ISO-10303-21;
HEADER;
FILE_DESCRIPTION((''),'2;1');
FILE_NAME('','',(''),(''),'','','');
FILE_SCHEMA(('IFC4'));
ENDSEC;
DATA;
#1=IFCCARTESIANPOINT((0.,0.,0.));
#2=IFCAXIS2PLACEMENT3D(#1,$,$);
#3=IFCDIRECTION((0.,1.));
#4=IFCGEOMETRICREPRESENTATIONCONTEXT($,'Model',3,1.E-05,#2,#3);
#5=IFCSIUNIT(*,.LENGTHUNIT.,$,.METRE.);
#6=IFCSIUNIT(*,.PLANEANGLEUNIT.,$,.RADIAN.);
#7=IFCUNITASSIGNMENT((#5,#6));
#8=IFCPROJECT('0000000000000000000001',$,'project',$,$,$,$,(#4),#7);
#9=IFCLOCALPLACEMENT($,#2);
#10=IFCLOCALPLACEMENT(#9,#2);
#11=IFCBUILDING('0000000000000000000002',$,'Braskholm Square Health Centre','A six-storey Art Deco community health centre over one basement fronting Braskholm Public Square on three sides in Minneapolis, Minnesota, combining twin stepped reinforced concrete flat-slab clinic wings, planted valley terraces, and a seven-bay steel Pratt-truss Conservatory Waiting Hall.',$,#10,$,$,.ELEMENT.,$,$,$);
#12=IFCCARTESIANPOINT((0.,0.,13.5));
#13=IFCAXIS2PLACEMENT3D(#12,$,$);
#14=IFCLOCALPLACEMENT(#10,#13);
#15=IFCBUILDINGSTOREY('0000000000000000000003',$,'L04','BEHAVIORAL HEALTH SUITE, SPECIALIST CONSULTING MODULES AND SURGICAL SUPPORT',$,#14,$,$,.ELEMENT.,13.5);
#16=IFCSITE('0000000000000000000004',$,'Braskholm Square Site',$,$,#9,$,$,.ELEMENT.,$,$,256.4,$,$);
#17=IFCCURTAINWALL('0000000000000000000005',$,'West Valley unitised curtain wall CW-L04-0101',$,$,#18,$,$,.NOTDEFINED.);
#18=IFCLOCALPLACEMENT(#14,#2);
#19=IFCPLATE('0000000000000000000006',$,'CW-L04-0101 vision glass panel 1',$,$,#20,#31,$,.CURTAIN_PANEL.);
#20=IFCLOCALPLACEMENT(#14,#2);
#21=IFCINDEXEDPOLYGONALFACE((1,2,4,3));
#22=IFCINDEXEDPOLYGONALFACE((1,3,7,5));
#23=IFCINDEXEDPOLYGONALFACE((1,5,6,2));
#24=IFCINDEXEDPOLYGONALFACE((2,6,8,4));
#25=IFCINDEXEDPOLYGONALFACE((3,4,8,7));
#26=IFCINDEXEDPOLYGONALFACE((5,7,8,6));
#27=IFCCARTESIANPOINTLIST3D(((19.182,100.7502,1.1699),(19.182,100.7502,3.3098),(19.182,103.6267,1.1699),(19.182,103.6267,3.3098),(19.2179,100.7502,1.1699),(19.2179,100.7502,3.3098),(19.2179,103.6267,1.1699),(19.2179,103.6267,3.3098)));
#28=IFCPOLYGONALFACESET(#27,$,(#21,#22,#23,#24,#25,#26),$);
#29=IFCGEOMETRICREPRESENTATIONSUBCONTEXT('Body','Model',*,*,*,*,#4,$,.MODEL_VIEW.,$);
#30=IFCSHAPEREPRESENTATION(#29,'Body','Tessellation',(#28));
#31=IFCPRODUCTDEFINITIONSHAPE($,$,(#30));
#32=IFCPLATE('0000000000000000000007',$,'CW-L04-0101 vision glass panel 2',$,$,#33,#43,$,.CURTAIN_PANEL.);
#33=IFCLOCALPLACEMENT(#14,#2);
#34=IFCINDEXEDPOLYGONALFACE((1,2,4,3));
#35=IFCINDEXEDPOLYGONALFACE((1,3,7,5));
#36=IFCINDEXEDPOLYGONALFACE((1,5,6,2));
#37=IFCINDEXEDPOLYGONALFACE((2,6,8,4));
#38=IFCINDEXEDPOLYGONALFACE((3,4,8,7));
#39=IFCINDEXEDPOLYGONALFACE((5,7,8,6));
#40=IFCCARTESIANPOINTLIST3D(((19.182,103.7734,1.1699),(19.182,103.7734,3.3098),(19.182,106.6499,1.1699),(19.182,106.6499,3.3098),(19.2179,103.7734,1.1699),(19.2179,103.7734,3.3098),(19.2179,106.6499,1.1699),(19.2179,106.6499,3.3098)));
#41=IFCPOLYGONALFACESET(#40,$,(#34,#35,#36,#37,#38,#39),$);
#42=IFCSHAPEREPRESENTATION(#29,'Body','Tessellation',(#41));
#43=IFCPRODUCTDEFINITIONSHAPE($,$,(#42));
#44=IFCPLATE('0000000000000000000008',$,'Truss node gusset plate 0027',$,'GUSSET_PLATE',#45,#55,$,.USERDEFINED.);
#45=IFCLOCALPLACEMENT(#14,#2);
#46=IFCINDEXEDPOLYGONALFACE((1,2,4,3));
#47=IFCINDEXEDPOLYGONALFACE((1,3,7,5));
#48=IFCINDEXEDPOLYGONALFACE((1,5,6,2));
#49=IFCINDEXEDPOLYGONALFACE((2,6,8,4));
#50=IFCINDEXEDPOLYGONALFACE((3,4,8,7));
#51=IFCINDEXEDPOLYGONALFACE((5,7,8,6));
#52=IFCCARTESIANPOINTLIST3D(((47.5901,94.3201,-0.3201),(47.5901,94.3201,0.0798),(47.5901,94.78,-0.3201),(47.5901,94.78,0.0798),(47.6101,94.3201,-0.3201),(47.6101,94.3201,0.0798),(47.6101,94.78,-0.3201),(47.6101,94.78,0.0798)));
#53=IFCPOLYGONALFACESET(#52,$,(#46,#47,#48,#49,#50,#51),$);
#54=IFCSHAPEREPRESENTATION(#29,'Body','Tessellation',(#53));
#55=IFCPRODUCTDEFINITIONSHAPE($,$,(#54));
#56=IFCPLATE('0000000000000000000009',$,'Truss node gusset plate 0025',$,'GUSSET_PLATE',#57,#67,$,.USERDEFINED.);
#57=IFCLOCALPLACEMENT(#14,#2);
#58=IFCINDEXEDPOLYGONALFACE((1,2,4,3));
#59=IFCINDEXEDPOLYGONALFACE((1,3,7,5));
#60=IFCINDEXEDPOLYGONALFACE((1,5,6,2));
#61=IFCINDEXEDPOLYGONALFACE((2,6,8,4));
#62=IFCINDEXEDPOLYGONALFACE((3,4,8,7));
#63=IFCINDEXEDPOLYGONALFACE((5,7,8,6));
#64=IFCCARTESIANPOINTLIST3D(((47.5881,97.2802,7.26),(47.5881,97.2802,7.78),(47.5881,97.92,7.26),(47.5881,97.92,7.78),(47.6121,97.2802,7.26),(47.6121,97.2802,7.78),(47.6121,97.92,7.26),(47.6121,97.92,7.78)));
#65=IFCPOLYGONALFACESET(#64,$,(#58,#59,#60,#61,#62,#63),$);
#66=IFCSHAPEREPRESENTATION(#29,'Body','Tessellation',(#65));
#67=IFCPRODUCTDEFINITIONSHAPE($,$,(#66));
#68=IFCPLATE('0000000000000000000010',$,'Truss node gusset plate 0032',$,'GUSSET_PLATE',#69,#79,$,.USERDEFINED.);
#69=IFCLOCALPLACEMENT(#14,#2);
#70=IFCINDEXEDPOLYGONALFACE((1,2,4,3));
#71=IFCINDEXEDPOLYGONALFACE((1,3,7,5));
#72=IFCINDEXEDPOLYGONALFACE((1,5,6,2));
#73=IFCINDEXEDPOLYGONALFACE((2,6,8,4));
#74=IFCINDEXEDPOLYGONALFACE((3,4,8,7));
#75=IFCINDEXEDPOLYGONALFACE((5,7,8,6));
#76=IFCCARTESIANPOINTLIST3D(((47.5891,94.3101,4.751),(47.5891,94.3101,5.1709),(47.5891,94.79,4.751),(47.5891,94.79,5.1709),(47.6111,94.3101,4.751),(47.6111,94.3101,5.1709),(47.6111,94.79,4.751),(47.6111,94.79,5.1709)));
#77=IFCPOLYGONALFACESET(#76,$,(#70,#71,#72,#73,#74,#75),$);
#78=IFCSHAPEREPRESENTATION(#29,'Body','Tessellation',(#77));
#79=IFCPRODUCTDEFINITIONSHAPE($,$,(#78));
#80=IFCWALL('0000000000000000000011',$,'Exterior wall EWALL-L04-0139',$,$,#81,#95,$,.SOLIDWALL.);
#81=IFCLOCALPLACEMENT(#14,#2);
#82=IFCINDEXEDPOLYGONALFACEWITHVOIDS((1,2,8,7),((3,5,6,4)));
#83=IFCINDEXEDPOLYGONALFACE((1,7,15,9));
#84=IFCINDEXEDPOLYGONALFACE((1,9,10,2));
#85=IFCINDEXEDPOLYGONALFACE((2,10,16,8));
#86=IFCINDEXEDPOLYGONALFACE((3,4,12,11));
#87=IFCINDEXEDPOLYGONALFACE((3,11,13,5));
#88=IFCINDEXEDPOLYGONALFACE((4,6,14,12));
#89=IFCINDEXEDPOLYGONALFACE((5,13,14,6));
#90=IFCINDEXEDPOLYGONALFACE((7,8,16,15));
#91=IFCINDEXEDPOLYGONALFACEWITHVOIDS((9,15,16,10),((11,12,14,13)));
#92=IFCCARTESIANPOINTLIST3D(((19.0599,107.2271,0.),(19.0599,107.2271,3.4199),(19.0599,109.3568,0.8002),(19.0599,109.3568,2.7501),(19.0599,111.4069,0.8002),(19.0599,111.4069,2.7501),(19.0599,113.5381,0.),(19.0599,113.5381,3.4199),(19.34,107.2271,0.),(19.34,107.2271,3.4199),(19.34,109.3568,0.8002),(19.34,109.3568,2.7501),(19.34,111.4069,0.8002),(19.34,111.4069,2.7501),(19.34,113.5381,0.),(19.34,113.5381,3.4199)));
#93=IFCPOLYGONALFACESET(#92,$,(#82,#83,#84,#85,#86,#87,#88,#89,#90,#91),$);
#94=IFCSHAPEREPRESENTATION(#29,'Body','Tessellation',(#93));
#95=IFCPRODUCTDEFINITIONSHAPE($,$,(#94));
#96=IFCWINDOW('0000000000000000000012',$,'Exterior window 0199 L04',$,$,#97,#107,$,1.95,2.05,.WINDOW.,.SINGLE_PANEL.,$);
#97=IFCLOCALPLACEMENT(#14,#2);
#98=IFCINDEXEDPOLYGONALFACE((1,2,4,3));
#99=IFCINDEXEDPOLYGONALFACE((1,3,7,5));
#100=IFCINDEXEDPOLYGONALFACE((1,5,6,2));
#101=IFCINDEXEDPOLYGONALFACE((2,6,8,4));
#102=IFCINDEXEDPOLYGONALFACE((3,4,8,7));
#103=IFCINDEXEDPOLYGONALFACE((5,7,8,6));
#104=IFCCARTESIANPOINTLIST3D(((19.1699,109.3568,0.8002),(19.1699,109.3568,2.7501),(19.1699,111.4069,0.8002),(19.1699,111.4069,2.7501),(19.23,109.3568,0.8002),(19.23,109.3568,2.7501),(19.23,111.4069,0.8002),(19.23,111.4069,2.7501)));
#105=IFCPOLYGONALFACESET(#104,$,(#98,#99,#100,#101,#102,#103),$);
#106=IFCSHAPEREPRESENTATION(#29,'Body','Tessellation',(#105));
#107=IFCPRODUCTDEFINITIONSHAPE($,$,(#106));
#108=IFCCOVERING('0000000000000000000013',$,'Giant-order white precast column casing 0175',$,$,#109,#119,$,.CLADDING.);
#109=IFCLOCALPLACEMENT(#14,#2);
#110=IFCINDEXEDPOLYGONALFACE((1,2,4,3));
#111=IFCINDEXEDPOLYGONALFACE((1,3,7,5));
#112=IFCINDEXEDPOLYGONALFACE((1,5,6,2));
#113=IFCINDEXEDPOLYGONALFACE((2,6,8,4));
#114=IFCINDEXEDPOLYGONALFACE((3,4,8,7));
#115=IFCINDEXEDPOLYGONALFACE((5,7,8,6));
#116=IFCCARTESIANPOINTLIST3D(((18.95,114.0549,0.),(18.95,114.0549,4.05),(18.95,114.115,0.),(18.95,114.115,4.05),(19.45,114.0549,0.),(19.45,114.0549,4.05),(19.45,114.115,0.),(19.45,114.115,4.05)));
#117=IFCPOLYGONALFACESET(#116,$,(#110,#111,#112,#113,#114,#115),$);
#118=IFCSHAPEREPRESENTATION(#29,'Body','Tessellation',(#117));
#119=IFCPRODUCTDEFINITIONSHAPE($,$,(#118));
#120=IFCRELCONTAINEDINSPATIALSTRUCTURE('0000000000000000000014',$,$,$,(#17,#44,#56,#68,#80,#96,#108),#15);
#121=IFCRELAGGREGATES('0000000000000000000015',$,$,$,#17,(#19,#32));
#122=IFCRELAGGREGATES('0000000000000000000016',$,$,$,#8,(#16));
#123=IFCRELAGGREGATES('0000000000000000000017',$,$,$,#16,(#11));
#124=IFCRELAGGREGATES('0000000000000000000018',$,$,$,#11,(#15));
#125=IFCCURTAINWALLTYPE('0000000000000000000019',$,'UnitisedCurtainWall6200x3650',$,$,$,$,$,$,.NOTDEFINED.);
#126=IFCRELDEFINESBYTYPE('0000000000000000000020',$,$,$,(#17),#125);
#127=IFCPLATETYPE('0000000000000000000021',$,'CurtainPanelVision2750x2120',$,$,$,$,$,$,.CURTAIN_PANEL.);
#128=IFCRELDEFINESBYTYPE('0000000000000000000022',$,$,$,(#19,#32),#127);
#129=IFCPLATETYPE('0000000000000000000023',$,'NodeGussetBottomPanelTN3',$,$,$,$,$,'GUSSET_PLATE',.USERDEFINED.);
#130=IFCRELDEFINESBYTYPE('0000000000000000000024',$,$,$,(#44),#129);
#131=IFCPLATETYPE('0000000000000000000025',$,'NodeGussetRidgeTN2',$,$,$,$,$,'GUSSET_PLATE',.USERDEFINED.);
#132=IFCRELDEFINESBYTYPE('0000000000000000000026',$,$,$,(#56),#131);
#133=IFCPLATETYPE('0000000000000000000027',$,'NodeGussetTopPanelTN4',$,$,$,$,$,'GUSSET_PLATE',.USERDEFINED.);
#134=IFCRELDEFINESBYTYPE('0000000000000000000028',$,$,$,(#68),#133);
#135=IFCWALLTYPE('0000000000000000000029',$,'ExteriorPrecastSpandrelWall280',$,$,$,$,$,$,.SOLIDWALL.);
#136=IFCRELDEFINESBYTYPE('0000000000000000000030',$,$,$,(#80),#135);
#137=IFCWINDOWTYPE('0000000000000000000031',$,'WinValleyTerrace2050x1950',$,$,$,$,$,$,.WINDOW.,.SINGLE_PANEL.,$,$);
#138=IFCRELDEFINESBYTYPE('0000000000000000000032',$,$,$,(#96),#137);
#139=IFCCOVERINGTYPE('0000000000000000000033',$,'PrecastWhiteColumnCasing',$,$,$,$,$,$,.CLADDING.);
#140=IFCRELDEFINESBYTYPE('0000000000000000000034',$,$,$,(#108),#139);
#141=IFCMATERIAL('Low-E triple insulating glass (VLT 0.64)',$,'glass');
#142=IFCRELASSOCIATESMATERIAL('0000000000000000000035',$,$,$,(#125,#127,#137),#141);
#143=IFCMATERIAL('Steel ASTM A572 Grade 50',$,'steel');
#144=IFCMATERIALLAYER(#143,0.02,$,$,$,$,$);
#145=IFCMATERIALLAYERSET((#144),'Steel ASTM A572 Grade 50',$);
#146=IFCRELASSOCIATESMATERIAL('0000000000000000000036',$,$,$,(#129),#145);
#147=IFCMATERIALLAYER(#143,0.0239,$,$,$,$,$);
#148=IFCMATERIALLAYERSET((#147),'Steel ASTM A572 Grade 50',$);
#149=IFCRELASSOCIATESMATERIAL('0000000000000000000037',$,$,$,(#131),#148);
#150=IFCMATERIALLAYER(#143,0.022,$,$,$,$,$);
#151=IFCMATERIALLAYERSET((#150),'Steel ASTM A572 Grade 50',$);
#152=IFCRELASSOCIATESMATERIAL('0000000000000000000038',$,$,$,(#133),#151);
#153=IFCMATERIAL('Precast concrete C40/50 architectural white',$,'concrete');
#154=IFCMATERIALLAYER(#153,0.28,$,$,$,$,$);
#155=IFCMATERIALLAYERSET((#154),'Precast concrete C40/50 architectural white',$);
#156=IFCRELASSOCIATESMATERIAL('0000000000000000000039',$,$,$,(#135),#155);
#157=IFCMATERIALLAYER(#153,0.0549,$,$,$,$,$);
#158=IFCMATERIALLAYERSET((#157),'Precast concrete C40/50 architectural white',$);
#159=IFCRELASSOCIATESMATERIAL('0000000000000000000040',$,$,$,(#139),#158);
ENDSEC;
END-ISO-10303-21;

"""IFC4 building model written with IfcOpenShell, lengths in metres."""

from ifc_helpers import new_model, si_unit, direction, frame, frame_2d, origin, origin_with_axes, origin_2d, place, context, subcontext, project, spatial, rectangle, extrude, material, layer, layer_set, type_object, element, fill, aggregate, save


model = new_model("IFC4")

# Units and contexts
model_context = context("Model", 3, precision=1e-05, world=origin(), true_north=direction((0.0, 1.0)))
body_context = subcontext(model_context, "Body", "Model", "MODEL_VIEW")
ifc_project = project(units=[si_unit("LENGTHUNIT", "METRE"), si_unit("PLANEANGLEUNIT", "RADIAN")], contexts=[model_context])

# Site, building, storey
site_placement = place(None, origin())
site = spatial("IfcSite", under=ifc_project, at=site_placement, Name="Braskholm Square Site", CompositionType="ELEMENT", RefElevation=256.4)
building_placement = place(site_placement, origin())
building = spatial("IfcBuilding", under=site, at=building_placement, Name="Braskholm Square Health Centre", Description="A six-storey Art Deco community health centre over one basement fronting Braskholm Public Square on three sides in Minneapolis, Minnesota, combining twin stepped reinforced concrete flat-slab clinic wings, planted valley terraces, and a seven-bay steel Pratt-truss Conservatory Waiting Hall.", CompositionType="ELEMENT")
storey_placement = place(building_placement, frame((0.0, 0.0, 13.5)))
storey = spatial("IfcBuildingStorey", under=building, at=storey_placement, Name="L04", Description="BEHAVIORAL HEALTH SUITE, SPECIALIST CONSULTING MODULES AND SURGICAL SUPPORT", CompositionType="ELEMENT", Elevation=13.5)

# Shared definitions
ifc_material_1 = material(Name="Precast concrete C40/50 architectural white", Category="concrete")

# Curtain wall
ifc_material_2 = material(Name="Low-E triple insulating glass (VLT 0.64)", Category="glass")
curtain_wall_type = type_object("IfcCurtainWallType", Name="UnitisedCurtainWall6200x3650", PredefinedType="NOTDEFINED", material=ifc_material_2)
curtain_wall_placement = place(storey_placement, origin())
curtain_wall = element("IfcCurtainWall", 1, at=curtain_wall_placement, inside=storey, type_object=curtain_wall_type, Name="West Valley unitised curtain wall CW-L04-0101", PredefinedType="NOTDEFINED")

# Shared definitions
ifc_material_3 = material(Name="Steel ASTM A572 Grade 50", Category="steel")

# Plates
plate_type_1 = type_object("IfcPlateType", Name="CurtainPanelVision2750x2120", PredefinedType="CURTAIN_PANEL", material=ifc_material_2)
plate_1_placement = place(storey_placement, frame((19.2, 102.1885, 1.1699), z_axis=(0.0, 0.0, 1.0), x_axis=(0.0, 1.0, 0.0)))
plate_1 = element("IfcPlate", 2, at=plate_1_placement, type_object=plate_type_1, Name="CW-L04-0101 vision glass panel 1", PredefinedType="CURTAIN_PANEL", context=body_context, shape_type="SweptSolid", body=[
    extrude(rectangle(XDim=2.8765, YDim=0.0359, at=origin_2d()), origin(), (0.0, 0.0, 1.0), 2.1399),
])
plate_2_placement = place(storey_placement, frame((19.2, 105.2117, 1.1699), z_axis=(0.0, 0.0, 1.0), x_axis=(0.0, 1.0, 0.0)))
plate_2 = element("IfcPlate", 3, at=plate_2_placement, type_object=plate_type_1, Name="CW-L04-0101 vision glass panel 2", PredefinedType="CURTAIN_PANEL", context=body_context, shape_type="SweptSolid", body=[
    extrude(rectangle(XDim=2.8765, YDim=0.0359, at=origin_2d()), origin(), (0.0, 0.0, 1.0), 2.1399),
])
aggregate(curtain_wall, [plate_1, plate_2])

# Plates
ifc_layer_1 = layer(ifc_material_3, 0.02)
ifc_layer_set_1 = layer_set([ifc_layer_1], Name="Steel ASTM A572 Grade 50")
plate_type_2 = type_object("IfcPlateType", Name="NodeGussetBottomPanelTN3", ElementType="GUSSET_PLATE", PredefinedType="USERDEFINED", material=ifc_layer_set_1)
plate_3_placement = place(storey_placement, frame((47.6001, 94.55, -0.3201), z_axis=(0.0, 0.0, 1.0), x_axis=(1.0, 0.0, 0.0)))
element("IfcPlate", 4, at=plate_3_placement, inside=storey, type_object=plate_type_2, Name="Truss node gusset plate 0027", ObjectType="GUSSET_PLATE", PredefinedType="USERDEFINED", context=body_context, shape_type="SweptSolid", body=[
    extrude(rectangle(XDim=0.02, YDim=0.46, at=origin_2d()), origin(), (0.0, 0.0, 1.0), 0.3999),
])
ifc_layer_2 = layer(ifc_material_3, 0.0239)
ifc_layer_set_2 = layer_set([ifc_layer_2], Name="Steel ASTM A572 Grade 50")
plate_type_3 = type_object("IfcPlateType", Name="NodeGussetRidgeTN2", ElementType="GUSSET_PLATE", PredefinedType="USERDEFINED", material=ifc_layer_set_2)
plate_4_placement = place(storey_placement, frame((47.6001, 97.6001, 7.26), z_axis=(0.0, 0.0, 1.0), x_axis=(1.0, 0.0, 0.0)))
element("IfcPlate", 5, at=plate_4_placement, inside=storey, type_object=plate_type_3, Name="Truss node gusset plate 0025", ObjectType="GUSSET_PLATE", PredefinedType="USERDEFINED", context=body_context, shape_type="SweptSolid", body=[
    extrude(rectangle(XDim=0.0239, YDim=0.6399, at=origin_2d()), origin(), (0.0, 0.0, 1.0), 0.52),
])
ifc_layer_3 = layer(ifc_material_3, 0.022)
ifc_layer_set_3 = layer_set([ifc_layer_3], Name="Steel ASTM A572 Grade 50")
plate_type_4 = type_object("IfcPlateType", Name="NodeGussetTopPanelTN4", ElementType="GUSSET_PLATE", PredefinedType="USERDEFINED", material=ifc_layer_set_3)
plate_5_placement = place(storey_placement, frame((47.6001, 94.55, 4.751), z_axis=(0.0, 0.0, 1.0), x_axis=(1.0, 0.0, 0.0)))
element("IfcPlate", 6, at=plate_5_placement, inside=storey, type_object=plate_type_4, Name="Truss node gusset plate 0032", ObjectType="GUSSET_PLATE", PredefinedType="USERDEFINED", context=body_context, shape_type="SweptSolid", body=[
    extrude(rectangle(XDim=0.022, YDim=0.48, at=origin_2d()), origin(), (0.0, 0.0, 1.0), 0.4199),
])

# Wall, opening, window
ifc_layer_4 = layer(ifc_material_1, 0.28)
ifc_layer_set_4 = layer_set([ifc_layer_4], Name="Precast concrete C40/50 architectural white")
wall_type = type_object("IfcWallType", Name="ExteriorPrecastSpandrelWall280", PredefinedType="SOLIDWALL", material=ifc_layer_set_4)
wall_placement = place(storey_placement, frame((19.2, 107.2271, 0.0), z_axis=(0.0, 0.0, 1.0), x_axis=(0.0, 1.0, 0.0)))
wall = element("IfcWall", 7, at=wall_placement, inside=storey, type_object=wall_type, Name="Exterior wall EWALL-L04-0139", PredefinedType="SOLIDWALL", context=body_context, shape_type="SweptSolid", body=[
    extrude(rectangle(XDim=6.311, YDim=0.28, at=frame_2d((3.1555, 0.0))), origin(), (0.0, 0.0, 1.0), 3.4199),
])
opening_placement = place(wall_placement, frame((2.1299, 0.0, 0.8)))
opening = element("IfcOpeningElement", 8, at=opening_placement, cuts=wall, PredefinedType="OPENING", context=body_context, shape_type="SweptSolid", body=[
    extrude(rectangle(XDim=2.05, YDim=1.95, at=frame_2d((1.0249, 0.9751))), frame((0.0, 0.1499, 0.0), z_axis=(0.0, -1.0, 0.0), x_axis=(1.0, 0.0, 0.0)), (0.0, 0.0, 1.0), 0.3),
])
window_type = type_object("IfcWindowType", Name="WinValleyTerrace2050x1950", PartitioningType="SINGLE_PANEL", PredefinedType="WINDOW", material=ifc_material_2)
window_placement = place(opening_placement, origin_with_axes())
window = element("IfcWindow", 9, at=window_placement, inside=storey, type_object=window_type, Name="Exterior window 0199 L04", OverallHeight=1.95, OverallWidth=2.05, PartitioningType="SINGLE_PANEL", PredefinedType="WINDOW", context=body_context, shape_type="SweptSolid", body=[
    extrude(rectangle(XDim=2.05, YDim=1.95, at=frame_2d((1.0249, 0.9751))), frame((0.0, 0.03, 0.0), z_axis=(0.0, -1.0, 0.0), x_axis=(1.0, 0.0, 0.0)), (0.0, 0.0, 1.0), 0.0601),
])
fill(opening, window)

# Covering
ifc_layer_5 = layer(ifc_material_1, 0.0549)
ifc_layer_set_5 = layer_set([ifc_layer_5], Name="Precast concrete C40/50 architectural white")
covering_type = type_object("IfcCoveringType", Name="PrecastWhiteColumnCasing", PredefinedType="CLADDING", material=ifc_layer_set_5)
covering_placement = place(storey_placement, frame((19.2, 114.085, 0.0), z_axis=(0.0, 0.0, 1.0), x_axis=(1.0, 0.0, 0.0)))
element("IfcCovering", 10, at=covering_placement, inside=storey, type_object=covering_type, Name="Giant-order white precast column casing 0175", PredefinedType="CLADDING", context=body_context, shape_type="SweptSolid", body=[
    extrude(rectangle(XDim=0.5, YDim=0.0601, at=origin_2d()), origin(), (0.0, 0.0, 1.0), 4.05),
])

save(model, "model.ifc")
